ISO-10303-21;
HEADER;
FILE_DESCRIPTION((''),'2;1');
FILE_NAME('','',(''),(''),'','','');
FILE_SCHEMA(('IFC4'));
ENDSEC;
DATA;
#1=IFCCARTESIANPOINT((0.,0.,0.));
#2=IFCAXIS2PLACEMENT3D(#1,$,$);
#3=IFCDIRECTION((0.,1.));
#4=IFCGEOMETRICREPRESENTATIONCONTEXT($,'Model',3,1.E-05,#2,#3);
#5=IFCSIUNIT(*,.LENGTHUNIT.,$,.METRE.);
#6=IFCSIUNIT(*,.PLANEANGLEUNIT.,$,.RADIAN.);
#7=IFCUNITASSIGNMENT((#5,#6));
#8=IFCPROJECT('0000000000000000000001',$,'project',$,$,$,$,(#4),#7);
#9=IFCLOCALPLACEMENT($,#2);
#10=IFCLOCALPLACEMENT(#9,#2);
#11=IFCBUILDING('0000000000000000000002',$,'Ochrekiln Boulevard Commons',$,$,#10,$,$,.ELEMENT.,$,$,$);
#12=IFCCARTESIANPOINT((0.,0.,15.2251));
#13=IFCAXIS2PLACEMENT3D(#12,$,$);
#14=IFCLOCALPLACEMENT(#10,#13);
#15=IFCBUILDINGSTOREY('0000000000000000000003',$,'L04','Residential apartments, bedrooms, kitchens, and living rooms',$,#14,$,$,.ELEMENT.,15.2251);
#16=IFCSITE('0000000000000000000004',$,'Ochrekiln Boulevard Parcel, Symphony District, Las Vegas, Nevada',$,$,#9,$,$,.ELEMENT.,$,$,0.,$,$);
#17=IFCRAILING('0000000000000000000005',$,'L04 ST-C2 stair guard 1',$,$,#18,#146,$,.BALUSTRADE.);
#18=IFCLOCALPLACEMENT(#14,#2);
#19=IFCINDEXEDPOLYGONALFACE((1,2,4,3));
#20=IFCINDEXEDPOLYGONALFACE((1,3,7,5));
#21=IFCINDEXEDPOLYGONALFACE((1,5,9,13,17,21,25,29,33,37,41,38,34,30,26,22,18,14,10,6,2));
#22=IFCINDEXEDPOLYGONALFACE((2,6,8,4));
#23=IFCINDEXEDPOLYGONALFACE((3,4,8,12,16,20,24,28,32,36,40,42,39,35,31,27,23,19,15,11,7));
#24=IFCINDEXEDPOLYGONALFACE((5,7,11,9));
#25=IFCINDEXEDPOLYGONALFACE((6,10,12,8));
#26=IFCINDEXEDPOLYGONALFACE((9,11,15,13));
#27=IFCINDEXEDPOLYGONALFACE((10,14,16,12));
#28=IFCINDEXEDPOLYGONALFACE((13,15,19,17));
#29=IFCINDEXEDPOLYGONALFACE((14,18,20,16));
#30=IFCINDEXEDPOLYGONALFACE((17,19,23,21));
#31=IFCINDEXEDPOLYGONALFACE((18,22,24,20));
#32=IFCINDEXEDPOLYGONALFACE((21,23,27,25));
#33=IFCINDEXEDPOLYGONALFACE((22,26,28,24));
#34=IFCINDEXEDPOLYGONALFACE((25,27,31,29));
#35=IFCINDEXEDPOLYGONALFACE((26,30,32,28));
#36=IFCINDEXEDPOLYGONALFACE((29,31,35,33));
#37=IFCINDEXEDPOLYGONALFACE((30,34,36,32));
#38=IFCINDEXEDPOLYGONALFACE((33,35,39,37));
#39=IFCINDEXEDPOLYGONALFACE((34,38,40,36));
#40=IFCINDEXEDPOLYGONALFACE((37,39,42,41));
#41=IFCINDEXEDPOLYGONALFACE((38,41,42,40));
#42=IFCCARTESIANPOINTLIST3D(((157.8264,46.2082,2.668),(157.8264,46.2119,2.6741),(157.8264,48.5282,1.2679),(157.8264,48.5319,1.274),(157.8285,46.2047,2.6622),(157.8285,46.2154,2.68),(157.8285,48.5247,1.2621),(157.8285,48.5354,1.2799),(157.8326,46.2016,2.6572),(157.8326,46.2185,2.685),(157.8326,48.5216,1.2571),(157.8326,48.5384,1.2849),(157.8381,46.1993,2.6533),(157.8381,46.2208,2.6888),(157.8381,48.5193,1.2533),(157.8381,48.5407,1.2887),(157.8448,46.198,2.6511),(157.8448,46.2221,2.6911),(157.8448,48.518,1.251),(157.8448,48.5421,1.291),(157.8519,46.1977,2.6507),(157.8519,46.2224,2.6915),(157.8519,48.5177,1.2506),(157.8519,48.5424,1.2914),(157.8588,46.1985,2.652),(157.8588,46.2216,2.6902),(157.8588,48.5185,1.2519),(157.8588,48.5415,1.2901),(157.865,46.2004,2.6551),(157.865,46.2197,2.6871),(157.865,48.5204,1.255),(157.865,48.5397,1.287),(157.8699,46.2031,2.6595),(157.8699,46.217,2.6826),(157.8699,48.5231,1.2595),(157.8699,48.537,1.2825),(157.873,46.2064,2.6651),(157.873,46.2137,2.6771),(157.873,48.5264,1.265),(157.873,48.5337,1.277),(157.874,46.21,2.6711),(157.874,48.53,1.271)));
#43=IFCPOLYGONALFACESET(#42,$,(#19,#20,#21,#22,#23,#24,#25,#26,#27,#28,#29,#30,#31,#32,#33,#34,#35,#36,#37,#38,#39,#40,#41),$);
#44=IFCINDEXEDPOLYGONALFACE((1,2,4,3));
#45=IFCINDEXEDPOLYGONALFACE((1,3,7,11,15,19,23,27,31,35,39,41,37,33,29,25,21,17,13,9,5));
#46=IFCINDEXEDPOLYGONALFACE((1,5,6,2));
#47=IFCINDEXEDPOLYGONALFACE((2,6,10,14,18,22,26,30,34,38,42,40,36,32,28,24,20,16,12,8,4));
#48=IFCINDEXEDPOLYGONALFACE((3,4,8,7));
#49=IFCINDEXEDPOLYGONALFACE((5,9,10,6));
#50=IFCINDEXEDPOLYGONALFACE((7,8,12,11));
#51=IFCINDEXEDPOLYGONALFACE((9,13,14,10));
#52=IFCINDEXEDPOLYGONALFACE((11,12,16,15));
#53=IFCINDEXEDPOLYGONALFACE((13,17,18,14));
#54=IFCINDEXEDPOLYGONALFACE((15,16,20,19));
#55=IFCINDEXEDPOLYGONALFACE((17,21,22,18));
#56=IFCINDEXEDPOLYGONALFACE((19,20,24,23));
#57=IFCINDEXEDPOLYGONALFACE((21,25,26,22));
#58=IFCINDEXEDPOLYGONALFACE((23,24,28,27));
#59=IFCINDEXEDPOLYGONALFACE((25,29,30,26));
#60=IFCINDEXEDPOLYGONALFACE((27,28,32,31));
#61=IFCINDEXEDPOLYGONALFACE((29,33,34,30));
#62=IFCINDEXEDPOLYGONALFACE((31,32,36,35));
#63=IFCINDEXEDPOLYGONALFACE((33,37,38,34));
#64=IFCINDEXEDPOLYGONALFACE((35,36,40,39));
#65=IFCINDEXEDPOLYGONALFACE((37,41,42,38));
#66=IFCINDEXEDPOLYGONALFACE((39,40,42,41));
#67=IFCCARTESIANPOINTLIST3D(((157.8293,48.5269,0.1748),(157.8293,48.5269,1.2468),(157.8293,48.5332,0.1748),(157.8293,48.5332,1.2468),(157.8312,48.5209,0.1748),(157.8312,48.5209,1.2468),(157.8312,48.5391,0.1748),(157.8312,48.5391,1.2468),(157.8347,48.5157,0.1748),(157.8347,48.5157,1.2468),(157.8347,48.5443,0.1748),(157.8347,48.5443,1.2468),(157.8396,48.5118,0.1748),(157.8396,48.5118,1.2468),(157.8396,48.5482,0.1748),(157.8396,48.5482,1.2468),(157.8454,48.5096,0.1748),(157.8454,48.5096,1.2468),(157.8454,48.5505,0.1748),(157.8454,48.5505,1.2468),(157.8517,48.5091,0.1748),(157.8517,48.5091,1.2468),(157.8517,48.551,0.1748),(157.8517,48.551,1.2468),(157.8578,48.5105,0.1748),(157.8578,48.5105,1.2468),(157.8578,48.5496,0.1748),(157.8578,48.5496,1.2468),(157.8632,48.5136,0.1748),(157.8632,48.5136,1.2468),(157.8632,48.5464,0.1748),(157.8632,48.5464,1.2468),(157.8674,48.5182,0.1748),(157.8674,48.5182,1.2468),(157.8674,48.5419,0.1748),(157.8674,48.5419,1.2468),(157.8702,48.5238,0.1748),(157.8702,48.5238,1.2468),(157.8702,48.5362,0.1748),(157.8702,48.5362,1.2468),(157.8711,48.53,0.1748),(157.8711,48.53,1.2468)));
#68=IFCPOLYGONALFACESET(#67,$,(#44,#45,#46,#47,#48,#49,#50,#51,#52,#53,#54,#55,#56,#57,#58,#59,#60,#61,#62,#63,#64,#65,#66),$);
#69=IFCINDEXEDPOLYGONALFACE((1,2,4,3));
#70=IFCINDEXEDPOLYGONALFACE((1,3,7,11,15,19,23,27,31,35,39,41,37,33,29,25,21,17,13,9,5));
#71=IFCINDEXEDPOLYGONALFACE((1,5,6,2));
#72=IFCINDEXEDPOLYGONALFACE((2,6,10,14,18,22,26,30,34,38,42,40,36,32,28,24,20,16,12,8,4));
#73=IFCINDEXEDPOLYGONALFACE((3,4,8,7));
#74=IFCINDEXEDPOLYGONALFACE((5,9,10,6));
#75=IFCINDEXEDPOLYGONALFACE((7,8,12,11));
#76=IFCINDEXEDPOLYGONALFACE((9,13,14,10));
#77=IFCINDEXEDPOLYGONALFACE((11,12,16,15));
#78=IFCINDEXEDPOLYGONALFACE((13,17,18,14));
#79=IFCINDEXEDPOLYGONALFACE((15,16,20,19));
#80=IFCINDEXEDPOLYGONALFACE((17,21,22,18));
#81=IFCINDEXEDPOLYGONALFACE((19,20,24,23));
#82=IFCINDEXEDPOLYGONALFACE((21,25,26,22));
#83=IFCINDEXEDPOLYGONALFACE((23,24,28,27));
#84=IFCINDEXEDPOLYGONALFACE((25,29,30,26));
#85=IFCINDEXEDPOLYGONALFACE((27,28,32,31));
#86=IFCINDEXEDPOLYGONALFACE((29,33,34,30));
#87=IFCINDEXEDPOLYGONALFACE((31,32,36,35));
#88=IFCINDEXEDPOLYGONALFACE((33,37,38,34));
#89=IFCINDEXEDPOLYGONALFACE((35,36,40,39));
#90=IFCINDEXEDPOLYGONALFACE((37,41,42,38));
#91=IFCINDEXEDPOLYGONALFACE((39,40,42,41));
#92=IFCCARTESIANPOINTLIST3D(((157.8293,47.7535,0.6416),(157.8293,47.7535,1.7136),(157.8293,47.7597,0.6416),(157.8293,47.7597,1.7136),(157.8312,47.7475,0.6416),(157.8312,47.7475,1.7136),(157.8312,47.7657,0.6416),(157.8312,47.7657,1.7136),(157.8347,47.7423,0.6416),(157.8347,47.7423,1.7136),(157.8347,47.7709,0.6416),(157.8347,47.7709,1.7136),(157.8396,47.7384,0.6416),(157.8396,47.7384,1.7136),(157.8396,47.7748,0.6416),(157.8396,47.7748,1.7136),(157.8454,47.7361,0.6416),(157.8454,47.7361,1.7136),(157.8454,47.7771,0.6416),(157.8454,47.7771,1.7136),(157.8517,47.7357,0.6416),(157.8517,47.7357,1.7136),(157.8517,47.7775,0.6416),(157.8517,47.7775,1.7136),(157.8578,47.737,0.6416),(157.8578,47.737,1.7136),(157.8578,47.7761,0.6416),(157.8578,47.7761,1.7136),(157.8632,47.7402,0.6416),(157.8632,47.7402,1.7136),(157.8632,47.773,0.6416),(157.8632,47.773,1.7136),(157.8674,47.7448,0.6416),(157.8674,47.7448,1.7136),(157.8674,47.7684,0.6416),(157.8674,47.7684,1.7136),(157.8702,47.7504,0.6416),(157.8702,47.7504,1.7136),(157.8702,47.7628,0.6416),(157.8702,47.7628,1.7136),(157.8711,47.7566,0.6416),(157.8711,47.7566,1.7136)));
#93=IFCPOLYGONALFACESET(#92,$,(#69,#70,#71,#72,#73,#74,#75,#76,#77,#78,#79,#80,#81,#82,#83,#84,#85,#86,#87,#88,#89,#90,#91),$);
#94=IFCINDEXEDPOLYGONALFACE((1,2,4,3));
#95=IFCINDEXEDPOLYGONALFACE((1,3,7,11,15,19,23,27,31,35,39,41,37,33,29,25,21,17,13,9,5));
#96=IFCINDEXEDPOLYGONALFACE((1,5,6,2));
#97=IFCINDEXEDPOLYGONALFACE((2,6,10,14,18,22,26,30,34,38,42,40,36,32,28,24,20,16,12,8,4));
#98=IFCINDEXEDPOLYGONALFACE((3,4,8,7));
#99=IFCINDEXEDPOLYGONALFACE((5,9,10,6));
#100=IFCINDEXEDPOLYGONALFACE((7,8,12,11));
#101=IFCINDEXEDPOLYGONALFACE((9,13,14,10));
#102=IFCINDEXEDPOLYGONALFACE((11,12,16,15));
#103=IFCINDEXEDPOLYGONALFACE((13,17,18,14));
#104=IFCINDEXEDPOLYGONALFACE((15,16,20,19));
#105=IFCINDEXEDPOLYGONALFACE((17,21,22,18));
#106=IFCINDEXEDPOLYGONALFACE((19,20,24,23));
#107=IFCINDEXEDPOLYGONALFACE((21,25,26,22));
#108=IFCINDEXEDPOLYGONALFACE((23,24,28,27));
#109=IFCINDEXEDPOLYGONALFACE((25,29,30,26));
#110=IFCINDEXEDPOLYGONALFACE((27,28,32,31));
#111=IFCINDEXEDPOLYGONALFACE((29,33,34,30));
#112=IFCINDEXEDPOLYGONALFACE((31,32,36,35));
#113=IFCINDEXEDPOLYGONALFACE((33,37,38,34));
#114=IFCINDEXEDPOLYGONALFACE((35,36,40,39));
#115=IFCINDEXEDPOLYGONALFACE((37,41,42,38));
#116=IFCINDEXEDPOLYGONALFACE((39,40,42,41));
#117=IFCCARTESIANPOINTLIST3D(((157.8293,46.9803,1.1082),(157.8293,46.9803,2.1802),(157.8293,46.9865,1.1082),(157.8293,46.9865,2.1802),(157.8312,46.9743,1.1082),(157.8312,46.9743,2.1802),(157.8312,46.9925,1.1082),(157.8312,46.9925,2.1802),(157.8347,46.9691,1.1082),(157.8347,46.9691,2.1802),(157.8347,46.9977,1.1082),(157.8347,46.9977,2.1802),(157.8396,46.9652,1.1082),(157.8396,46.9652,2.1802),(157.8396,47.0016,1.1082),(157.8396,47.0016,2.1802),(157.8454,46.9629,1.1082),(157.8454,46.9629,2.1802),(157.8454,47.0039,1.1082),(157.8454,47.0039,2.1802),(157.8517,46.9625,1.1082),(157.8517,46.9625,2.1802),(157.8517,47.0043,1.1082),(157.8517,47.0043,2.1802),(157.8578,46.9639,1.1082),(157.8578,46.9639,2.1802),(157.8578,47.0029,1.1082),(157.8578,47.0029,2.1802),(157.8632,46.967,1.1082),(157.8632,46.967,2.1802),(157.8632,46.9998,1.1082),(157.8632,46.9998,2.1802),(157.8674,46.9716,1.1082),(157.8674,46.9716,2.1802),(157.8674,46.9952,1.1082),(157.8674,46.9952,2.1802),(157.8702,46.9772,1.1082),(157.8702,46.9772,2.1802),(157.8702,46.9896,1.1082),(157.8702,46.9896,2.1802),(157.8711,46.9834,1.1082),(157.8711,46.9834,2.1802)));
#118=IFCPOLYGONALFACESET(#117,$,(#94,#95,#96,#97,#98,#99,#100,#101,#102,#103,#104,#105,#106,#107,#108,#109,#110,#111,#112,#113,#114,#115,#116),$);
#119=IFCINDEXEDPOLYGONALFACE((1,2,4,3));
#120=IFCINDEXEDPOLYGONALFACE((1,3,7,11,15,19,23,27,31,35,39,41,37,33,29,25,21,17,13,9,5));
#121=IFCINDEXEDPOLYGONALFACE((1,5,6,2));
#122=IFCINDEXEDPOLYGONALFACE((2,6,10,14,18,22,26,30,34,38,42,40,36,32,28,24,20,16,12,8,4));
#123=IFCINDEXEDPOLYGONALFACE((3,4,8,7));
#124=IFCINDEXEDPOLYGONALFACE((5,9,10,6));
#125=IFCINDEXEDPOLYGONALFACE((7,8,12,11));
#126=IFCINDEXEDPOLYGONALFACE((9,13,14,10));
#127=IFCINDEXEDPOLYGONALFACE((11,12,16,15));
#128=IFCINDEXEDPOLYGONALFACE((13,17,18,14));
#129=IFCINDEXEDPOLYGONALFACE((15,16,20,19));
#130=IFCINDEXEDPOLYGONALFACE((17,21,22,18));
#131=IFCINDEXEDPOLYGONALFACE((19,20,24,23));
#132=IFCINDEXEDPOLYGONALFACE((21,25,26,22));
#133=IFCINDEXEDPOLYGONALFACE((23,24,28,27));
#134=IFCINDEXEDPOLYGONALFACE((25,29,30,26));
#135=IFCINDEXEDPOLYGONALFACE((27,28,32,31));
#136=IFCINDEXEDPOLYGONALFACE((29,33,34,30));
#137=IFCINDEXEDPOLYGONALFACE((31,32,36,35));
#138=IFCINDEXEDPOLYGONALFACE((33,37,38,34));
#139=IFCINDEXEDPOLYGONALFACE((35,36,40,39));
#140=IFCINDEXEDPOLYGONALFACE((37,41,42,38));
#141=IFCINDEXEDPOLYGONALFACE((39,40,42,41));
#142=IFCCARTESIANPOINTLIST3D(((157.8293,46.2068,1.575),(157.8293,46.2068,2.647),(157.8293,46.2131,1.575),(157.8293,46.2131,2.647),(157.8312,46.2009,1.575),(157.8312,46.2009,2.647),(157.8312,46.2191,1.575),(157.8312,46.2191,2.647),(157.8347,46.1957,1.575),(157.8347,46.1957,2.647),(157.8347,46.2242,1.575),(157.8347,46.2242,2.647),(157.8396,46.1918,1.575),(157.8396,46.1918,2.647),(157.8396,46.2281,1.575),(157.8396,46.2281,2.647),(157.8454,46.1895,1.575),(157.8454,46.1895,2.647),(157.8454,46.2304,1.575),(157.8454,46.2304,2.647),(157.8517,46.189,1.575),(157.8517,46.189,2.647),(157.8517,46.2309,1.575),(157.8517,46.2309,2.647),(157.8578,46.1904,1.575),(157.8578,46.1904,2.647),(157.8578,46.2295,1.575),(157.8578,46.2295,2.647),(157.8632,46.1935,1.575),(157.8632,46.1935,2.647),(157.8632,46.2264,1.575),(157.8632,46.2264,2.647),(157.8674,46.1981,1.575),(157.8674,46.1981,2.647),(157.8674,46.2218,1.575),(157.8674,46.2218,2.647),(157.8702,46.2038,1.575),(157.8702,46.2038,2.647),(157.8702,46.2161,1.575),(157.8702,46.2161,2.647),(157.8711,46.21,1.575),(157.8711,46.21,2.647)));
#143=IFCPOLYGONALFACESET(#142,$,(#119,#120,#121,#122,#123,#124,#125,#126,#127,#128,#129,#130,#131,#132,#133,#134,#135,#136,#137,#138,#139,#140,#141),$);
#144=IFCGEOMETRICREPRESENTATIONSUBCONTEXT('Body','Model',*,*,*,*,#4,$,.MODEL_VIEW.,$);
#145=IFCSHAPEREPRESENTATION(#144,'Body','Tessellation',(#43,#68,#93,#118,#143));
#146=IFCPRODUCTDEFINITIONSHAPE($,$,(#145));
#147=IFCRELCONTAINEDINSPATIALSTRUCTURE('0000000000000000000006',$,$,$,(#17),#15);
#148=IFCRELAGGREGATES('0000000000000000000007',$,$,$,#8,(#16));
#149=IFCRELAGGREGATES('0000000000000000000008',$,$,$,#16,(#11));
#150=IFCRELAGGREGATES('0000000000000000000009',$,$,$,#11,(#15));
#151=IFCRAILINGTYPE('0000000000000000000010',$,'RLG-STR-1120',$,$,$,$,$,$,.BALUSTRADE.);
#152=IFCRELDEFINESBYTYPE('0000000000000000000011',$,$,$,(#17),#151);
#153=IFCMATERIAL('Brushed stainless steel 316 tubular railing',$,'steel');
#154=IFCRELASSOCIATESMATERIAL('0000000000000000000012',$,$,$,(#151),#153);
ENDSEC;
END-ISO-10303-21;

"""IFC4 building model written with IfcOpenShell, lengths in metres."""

from ifc_helpers import new_model, si_unit, direction, frame, origin, origin_2d, place, context, subcontext, project, spatial, circle, extrude, material, type_object, element, save


model = new_model("IFC4")

# Units and contexts
model_context = context("Model", 3, precision=1e-05, world=origin(), true_north=direction((0.0, 1.0)))
body_context = subcontext(model_context, "Body", "Model", "MODEL_VIEW")
ifc_project = project(units=[si_unit("LENGTHUNIT", "METRE"), si_unit("PLANEANGLEUNIT", "RADIAN")], contexts=[model_context])

# Site, building, storey
site_placement = place(None, origin())
site = spatial("IfcSite", under=ifc_project, at=site_placement, Name="Ochrekiln Boulevard Parcel, Symphony District, Las Vegas, Nevada", CompositionType="ELEMENT", RefElevation=0.0)
building_placement = place(site_placement, origin())
building = spatial("IfcBuilding", under=site, at=building_placement, Name="Ochrekiln Boulevard Commons", CompositionType="ELEMENT")
storey_placement = place(building_placement, frame((0.0, 0.0, 15.2251)))
storey = spatial("IfcBuildingStorey", under=building, at=storey_placement, Name="L04", Description="Residential apartments, bedrooms, kitchens, and living rooms", CompositionType="ELEMENT", Elevation=15.2251)

# Railing
ifc_material_1 = material(Name="Brushed stainless steel 316 tubular railing", Category="steel")
railing_type_1 = type_object("IfcRailingType", Name="RLG-STR-1120", PredefinedType="BALUSTRADE", material=ifc_material_1)
railing_1_placement = place(storey_placement, frame((157.8501, 48.53, 0.1748)))
element("IfcRailing", 1, at=railing_1_placement, inside=storey, type_object=railing_type_1, Name="L04 ST-C2 stair guard 1", PredefinedType="BALUSTRADE", context=body_context, shape_type="SweptSolid", body=[
    extrude(circle(Radius=0.0239, at=origin_2d()), frame((0.0, 0.0, 1.0962), z_axis=(0.0, -0.85617, 0.516693), x_axis=(1.0, 0.0, 0.0)), (0.0, 0.0, 1.0), 2.7097),
    extrude(circle(Radius=0.021, at=origin_2d()), origin(), (0.0, 0.0, 1.0), 1.072),
    extrude(circle(Radius=0.021, at=origin_2d()), frame((0.0, -0.7734, 0.4668)), (0.0, 0.0, 1.0), 1.072),
    extrude(circle(Radius=0.021, at=origin_2d()), frame((0.0, -1.5466, 0.9333)), (0.0, 0.0, 1.0), 1.072),
    extrude(circle(Radius=0.021, at=origin_2d()), frame((0.0, -2.3201, 1.4001)), (0.0, 0.0, 1.0), 1.072),
])

save(model, "model.ifc")
